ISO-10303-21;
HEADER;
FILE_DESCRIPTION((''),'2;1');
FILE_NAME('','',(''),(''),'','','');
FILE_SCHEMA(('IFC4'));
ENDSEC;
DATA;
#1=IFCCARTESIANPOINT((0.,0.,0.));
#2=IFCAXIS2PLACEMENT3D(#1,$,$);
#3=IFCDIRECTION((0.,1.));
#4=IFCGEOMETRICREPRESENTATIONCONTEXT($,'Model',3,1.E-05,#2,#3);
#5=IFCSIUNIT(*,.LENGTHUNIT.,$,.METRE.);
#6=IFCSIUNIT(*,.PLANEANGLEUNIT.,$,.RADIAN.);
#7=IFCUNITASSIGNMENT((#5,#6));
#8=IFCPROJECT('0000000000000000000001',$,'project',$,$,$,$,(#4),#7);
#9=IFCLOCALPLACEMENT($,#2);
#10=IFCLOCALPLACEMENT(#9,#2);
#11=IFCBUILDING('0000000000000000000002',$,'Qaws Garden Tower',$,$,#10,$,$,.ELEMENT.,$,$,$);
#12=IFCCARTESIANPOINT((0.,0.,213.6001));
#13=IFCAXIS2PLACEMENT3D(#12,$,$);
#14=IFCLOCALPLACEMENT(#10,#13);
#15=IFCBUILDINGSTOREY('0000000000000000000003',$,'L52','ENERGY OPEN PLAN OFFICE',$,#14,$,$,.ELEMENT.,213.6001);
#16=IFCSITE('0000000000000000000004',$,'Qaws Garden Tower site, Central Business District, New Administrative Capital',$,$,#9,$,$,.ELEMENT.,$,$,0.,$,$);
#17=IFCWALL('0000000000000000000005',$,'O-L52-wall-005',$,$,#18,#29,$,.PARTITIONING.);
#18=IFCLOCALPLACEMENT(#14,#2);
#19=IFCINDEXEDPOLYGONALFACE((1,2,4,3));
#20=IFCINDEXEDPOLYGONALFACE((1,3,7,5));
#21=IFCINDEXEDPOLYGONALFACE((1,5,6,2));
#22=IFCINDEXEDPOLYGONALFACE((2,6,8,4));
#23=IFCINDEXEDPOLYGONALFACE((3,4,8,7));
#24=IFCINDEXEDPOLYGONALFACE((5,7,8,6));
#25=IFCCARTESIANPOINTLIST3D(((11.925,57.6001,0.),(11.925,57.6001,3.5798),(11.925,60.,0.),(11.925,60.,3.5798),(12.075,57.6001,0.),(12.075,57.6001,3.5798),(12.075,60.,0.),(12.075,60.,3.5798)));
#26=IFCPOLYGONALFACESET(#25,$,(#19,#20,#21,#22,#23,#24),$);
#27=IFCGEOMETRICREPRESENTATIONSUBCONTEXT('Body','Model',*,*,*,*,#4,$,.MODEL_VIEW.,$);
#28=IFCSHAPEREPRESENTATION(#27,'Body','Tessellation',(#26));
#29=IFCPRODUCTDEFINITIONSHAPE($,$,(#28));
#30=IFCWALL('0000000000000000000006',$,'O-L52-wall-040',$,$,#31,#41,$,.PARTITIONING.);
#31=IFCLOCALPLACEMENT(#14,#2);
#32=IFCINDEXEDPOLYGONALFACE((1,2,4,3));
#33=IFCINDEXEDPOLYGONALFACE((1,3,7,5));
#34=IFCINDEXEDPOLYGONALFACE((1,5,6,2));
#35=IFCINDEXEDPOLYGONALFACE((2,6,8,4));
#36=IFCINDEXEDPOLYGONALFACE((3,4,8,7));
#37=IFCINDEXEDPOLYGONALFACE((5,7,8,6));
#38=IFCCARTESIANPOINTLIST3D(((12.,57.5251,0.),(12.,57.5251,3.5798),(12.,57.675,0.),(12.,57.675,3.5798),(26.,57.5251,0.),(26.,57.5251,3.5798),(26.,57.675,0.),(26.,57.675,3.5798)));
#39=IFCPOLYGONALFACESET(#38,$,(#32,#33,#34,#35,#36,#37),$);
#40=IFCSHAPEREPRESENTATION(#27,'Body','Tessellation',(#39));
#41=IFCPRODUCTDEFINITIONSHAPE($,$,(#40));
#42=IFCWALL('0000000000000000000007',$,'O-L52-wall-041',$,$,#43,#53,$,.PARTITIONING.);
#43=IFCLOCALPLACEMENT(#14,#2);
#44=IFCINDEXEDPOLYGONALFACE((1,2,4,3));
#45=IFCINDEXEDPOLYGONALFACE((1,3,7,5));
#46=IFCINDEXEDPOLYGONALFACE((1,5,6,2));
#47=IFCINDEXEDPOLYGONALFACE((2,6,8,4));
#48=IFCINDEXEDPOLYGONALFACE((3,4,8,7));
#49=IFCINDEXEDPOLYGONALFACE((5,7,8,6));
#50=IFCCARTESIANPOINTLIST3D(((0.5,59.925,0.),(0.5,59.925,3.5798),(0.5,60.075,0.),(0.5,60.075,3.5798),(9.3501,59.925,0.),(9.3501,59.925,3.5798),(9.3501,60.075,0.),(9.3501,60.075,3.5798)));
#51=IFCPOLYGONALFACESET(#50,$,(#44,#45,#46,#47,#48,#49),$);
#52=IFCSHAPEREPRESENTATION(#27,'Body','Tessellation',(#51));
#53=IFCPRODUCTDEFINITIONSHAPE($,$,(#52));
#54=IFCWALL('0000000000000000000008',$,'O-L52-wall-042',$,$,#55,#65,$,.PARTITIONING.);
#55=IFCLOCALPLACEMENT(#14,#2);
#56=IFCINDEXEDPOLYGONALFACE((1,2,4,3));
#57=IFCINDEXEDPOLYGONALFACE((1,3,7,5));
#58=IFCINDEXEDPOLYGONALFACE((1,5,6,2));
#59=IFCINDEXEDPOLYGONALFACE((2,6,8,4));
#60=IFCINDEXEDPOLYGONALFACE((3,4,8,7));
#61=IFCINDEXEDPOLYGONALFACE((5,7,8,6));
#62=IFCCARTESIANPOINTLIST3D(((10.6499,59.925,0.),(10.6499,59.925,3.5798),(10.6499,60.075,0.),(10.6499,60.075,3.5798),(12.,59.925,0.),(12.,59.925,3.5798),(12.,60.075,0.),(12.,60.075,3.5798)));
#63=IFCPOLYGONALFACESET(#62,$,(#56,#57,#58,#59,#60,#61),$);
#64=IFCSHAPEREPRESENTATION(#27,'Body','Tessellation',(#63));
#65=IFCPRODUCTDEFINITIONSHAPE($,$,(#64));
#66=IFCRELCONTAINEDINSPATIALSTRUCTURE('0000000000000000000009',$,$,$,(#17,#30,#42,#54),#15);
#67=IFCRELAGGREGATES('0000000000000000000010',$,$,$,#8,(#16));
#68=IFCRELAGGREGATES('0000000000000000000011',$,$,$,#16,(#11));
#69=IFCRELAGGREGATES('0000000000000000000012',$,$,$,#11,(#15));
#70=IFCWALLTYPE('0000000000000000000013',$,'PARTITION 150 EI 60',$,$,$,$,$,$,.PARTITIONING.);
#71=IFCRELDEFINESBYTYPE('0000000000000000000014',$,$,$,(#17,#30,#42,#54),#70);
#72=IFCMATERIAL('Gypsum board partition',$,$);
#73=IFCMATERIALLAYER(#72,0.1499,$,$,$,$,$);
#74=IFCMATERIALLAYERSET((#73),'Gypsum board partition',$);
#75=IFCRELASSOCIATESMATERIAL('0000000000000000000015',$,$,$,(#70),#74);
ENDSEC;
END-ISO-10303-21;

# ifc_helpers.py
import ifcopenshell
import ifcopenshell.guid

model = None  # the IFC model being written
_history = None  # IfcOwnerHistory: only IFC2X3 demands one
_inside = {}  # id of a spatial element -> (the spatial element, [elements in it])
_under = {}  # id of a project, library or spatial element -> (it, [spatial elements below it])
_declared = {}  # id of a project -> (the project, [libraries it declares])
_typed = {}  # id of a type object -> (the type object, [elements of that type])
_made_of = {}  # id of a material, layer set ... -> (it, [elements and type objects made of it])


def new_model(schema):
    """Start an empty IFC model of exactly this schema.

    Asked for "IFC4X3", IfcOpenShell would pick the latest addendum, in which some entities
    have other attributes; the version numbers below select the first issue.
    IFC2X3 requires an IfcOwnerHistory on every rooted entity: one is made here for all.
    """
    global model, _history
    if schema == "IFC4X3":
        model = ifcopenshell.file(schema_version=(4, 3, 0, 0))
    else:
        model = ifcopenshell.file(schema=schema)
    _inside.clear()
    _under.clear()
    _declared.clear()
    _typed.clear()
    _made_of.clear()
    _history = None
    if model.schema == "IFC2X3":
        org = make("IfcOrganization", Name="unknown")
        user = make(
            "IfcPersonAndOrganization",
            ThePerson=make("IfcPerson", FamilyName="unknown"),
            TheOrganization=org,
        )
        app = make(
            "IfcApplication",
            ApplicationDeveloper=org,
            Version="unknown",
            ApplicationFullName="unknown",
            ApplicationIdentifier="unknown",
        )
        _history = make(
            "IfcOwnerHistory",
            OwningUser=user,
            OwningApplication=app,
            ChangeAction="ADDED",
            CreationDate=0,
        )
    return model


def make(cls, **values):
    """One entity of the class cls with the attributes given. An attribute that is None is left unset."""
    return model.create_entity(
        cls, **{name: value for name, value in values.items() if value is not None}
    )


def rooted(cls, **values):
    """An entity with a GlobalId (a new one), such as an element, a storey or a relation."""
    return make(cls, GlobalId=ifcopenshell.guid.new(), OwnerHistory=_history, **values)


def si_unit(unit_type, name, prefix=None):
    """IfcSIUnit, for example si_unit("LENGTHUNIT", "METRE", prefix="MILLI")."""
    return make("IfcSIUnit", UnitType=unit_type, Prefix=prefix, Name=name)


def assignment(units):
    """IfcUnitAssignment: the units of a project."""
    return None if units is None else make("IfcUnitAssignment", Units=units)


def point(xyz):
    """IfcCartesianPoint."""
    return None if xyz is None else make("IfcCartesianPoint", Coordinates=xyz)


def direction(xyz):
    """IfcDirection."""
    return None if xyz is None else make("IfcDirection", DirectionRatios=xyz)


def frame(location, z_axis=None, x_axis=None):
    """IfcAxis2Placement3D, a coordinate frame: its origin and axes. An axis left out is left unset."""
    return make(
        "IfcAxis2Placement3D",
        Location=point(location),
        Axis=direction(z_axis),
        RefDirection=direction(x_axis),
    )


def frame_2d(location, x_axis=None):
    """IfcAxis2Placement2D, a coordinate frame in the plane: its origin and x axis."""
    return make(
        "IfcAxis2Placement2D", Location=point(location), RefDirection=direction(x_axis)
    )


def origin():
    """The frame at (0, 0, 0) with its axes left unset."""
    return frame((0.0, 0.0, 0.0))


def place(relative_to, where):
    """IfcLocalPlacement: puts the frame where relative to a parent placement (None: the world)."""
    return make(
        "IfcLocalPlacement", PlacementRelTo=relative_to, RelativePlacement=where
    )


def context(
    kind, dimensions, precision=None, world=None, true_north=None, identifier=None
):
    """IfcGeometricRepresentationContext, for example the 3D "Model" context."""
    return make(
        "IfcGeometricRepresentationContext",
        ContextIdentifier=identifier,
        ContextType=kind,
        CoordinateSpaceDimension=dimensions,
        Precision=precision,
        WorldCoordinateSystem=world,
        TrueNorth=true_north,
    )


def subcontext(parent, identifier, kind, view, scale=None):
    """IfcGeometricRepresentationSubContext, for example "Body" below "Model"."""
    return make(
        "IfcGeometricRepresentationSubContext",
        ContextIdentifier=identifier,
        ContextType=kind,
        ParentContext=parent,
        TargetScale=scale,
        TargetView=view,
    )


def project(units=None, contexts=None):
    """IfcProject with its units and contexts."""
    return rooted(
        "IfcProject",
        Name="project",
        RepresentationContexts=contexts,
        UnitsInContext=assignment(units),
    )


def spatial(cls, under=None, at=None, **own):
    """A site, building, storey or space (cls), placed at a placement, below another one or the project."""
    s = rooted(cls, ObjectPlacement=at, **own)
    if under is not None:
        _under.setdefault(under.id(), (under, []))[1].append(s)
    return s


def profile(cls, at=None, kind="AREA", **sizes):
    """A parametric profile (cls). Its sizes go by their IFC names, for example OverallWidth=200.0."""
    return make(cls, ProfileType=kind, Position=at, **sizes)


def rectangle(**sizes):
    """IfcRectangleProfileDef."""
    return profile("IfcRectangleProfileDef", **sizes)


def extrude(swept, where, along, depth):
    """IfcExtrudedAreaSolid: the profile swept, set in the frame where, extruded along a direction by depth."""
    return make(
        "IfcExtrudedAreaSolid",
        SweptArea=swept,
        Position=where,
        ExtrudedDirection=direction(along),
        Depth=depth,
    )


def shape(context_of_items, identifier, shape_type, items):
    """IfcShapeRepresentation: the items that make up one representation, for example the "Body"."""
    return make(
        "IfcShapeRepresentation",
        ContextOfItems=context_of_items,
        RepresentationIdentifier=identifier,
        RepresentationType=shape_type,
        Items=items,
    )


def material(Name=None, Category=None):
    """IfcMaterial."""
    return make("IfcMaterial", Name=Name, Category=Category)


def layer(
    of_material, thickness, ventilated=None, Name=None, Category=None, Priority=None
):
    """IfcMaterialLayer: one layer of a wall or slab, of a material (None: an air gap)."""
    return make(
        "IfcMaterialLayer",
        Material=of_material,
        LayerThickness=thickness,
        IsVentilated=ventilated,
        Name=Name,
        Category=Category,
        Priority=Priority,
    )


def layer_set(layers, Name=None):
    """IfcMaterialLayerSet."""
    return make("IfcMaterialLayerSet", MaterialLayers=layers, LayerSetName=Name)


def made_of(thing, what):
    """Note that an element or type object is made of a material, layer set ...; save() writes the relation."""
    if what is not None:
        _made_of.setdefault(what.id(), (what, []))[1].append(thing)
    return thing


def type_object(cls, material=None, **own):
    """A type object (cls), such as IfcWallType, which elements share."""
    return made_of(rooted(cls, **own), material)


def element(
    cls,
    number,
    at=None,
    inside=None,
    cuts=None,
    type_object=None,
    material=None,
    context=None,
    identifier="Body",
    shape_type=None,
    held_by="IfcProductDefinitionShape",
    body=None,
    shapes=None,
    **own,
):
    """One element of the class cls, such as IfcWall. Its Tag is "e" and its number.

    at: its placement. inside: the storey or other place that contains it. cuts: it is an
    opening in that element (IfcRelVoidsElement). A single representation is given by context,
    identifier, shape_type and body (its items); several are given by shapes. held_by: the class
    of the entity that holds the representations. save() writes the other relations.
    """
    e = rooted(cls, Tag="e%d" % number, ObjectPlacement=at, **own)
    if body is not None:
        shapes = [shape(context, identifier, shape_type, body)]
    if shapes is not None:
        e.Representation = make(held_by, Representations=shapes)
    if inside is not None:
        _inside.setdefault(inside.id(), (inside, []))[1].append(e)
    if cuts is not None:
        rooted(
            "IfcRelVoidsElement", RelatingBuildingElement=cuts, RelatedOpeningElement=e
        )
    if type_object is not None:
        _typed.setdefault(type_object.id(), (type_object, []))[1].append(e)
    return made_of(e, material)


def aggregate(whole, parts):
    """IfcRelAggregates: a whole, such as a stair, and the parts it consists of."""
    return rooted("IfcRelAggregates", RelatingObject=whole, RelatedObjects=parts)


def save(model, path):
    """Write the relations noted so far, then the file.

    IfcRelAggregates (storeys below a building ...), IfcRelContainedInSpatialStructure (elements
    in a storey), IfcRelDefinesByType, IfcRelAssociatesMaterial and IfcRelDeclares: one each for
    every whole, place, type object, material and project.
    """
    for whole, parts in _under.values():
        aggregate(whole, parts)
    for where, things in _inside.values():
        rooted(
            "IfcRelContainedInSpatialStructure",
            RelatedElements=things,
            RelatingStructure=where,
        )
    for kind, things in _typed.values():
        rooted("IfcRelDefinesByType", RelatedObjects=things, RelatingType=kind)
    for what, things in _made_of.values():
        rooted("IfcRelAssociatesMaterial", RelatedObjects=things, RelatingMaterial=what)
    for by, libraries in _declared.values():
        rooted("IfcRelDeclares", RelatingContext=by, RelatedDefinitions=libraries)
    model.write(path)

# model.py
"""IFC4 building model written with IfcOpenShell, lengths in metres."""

from ifc_helpers import new_model, si_unit, direction, frame, frame_2d, origin, place, context, subcontext, project, spatial, rectangle, extrude, material, layer, layer_set, type_object, element, save


model = new_model("IFC4")

# Units and contexts
model_context = context("Model", 3, precision=1e-05, world=origin(), true_north=direction((0.0, 1.0)))
body_context = subcontext(model_context, "Body", "Model", "MODEL_VIEW")
ifc_project = project(units=[si_unit("LENGTHUNIT", "METRE"), si_unit("PLANEANGLEUNIT", "RADIAN")], contexts=[model_context])

# Site, building, storey
site_placement = place(None, origin())
site = spatial("IfcSite", under=ifc_project, at=site_placement, Name="Qaws Garden Tower site, Central Business District, New Administrative Capital", CompositionType="ELEMENT", RefElevation=0.0)
building_placement = place(site_placement, origin())
building = spatial("IfcBuilding", under=site, at=building_placement, Name="Qaws Garden Tower", CompositionType="ELEMENT")
storey_placement = place(building_placement, frame((0.0, 0.0, 213.6001)))
storey = spatial("IfcBuildingStorey", under=building, at=storey_placement, Name="L52", Description="ENERGY OPEN PLAN OFFICE", CompositionType="ELEMENT", Elevation=213.6001)

# Shared definitions
ifc_material_1 = material(Name="Gypsum board partition")
ifc_layer_1 = layer(ifc_material_1, 0.1499)
ifc_layer_set_1 = layer_set([ifc_layer_1], Name="Gypsum board partition")
wall_type_1 = type_object("IfcWallType", Name="PARTITION 150 EI 60", PredefinedType="PARTITIONING", material=ifc_layer_set_1)

# Walls
wall_1_placement = place(storey_placement, frame((12.0, 57.6001, 0.0), z_axis=(0.0, 0.0, 1.0), x_axis=(0.0, 1.0, 0.0)))
element("IfcWall", 1, at=wall_1_placement, inside=storey, type_object=wall_type_1, Name="O-L52-wall-005", PredefinedType="PARTITIONING", context=body_context, shape_type="SweptSolid", body=[
    extrude(rectangle(XDim=2.3999, YDim=0.1499, at=frame_2d((1.2, 0.0))), origin(), (0.0, 0.0, 1.0), 3.5798),
])
wall_2_placement = place(storey_placement, frame((12.0, 57.6001, 0.0), z_axis=(0.0, 0.0, 1.0), x_axis=(1.0, 0.0, 0.0)))
element("IfcWall", 2, at=wall_2_placement, inside=storey, type_object=wall_type_1, Name="O-L52-wall-040", PredefinedType="PARTITIONING", context=body_context, shape_type="SweptSolid", body=[
    extrude(rectangle(XDim=14.0, YDim=0.1499, at=frame_2d((7.0, 0.0))), origin(), (0.0, 0.0, 1.0), 3.5798),
])
wall_3_placement = place(storey_placement, frame((0.5, 60.0, 0.0), z_axis=(0.0, 0.0, 1.0), x_axis=(1.0, 0.0, 0.0)))
element("IfcWall", 3, at=wall_3_placement, inside=storey, type_object=wall_type_1, Name="O-L52-wall-041", PredefinedType="PARTITIONING", context=body_context, shape_type="SweptSolid", body=[
    extrude(rectangle(XDim=8.8501, YDim=0.1499, at=frame_2d((4.425, 0.0))), origin(), (0.0, 0.0, 1.0), 3.5798),
])
wall_4_placement = place(storey_placement, frame((10.6499, 60.0, 0.0), z_axis=(0.0, 0.0, 1.0), x_axis=(1.0, 0.0, 0.0)))
element("IfcWall", 4, at=wall_4_placement, inside=storey, type_object=wall_type_1, Name="O-L52-wall-042", PredefinedType="PARTITIONING", context=body_context, shape_type="SweptSolid", body=[
    extrude(rectangle(XDim=1.3501, YDim=0.1499, at=frame_2d((0.675, 0.0))), origin(), (0.0, 0.0, 1.0), 3.5798),
])

save(model, "model.ifc")
